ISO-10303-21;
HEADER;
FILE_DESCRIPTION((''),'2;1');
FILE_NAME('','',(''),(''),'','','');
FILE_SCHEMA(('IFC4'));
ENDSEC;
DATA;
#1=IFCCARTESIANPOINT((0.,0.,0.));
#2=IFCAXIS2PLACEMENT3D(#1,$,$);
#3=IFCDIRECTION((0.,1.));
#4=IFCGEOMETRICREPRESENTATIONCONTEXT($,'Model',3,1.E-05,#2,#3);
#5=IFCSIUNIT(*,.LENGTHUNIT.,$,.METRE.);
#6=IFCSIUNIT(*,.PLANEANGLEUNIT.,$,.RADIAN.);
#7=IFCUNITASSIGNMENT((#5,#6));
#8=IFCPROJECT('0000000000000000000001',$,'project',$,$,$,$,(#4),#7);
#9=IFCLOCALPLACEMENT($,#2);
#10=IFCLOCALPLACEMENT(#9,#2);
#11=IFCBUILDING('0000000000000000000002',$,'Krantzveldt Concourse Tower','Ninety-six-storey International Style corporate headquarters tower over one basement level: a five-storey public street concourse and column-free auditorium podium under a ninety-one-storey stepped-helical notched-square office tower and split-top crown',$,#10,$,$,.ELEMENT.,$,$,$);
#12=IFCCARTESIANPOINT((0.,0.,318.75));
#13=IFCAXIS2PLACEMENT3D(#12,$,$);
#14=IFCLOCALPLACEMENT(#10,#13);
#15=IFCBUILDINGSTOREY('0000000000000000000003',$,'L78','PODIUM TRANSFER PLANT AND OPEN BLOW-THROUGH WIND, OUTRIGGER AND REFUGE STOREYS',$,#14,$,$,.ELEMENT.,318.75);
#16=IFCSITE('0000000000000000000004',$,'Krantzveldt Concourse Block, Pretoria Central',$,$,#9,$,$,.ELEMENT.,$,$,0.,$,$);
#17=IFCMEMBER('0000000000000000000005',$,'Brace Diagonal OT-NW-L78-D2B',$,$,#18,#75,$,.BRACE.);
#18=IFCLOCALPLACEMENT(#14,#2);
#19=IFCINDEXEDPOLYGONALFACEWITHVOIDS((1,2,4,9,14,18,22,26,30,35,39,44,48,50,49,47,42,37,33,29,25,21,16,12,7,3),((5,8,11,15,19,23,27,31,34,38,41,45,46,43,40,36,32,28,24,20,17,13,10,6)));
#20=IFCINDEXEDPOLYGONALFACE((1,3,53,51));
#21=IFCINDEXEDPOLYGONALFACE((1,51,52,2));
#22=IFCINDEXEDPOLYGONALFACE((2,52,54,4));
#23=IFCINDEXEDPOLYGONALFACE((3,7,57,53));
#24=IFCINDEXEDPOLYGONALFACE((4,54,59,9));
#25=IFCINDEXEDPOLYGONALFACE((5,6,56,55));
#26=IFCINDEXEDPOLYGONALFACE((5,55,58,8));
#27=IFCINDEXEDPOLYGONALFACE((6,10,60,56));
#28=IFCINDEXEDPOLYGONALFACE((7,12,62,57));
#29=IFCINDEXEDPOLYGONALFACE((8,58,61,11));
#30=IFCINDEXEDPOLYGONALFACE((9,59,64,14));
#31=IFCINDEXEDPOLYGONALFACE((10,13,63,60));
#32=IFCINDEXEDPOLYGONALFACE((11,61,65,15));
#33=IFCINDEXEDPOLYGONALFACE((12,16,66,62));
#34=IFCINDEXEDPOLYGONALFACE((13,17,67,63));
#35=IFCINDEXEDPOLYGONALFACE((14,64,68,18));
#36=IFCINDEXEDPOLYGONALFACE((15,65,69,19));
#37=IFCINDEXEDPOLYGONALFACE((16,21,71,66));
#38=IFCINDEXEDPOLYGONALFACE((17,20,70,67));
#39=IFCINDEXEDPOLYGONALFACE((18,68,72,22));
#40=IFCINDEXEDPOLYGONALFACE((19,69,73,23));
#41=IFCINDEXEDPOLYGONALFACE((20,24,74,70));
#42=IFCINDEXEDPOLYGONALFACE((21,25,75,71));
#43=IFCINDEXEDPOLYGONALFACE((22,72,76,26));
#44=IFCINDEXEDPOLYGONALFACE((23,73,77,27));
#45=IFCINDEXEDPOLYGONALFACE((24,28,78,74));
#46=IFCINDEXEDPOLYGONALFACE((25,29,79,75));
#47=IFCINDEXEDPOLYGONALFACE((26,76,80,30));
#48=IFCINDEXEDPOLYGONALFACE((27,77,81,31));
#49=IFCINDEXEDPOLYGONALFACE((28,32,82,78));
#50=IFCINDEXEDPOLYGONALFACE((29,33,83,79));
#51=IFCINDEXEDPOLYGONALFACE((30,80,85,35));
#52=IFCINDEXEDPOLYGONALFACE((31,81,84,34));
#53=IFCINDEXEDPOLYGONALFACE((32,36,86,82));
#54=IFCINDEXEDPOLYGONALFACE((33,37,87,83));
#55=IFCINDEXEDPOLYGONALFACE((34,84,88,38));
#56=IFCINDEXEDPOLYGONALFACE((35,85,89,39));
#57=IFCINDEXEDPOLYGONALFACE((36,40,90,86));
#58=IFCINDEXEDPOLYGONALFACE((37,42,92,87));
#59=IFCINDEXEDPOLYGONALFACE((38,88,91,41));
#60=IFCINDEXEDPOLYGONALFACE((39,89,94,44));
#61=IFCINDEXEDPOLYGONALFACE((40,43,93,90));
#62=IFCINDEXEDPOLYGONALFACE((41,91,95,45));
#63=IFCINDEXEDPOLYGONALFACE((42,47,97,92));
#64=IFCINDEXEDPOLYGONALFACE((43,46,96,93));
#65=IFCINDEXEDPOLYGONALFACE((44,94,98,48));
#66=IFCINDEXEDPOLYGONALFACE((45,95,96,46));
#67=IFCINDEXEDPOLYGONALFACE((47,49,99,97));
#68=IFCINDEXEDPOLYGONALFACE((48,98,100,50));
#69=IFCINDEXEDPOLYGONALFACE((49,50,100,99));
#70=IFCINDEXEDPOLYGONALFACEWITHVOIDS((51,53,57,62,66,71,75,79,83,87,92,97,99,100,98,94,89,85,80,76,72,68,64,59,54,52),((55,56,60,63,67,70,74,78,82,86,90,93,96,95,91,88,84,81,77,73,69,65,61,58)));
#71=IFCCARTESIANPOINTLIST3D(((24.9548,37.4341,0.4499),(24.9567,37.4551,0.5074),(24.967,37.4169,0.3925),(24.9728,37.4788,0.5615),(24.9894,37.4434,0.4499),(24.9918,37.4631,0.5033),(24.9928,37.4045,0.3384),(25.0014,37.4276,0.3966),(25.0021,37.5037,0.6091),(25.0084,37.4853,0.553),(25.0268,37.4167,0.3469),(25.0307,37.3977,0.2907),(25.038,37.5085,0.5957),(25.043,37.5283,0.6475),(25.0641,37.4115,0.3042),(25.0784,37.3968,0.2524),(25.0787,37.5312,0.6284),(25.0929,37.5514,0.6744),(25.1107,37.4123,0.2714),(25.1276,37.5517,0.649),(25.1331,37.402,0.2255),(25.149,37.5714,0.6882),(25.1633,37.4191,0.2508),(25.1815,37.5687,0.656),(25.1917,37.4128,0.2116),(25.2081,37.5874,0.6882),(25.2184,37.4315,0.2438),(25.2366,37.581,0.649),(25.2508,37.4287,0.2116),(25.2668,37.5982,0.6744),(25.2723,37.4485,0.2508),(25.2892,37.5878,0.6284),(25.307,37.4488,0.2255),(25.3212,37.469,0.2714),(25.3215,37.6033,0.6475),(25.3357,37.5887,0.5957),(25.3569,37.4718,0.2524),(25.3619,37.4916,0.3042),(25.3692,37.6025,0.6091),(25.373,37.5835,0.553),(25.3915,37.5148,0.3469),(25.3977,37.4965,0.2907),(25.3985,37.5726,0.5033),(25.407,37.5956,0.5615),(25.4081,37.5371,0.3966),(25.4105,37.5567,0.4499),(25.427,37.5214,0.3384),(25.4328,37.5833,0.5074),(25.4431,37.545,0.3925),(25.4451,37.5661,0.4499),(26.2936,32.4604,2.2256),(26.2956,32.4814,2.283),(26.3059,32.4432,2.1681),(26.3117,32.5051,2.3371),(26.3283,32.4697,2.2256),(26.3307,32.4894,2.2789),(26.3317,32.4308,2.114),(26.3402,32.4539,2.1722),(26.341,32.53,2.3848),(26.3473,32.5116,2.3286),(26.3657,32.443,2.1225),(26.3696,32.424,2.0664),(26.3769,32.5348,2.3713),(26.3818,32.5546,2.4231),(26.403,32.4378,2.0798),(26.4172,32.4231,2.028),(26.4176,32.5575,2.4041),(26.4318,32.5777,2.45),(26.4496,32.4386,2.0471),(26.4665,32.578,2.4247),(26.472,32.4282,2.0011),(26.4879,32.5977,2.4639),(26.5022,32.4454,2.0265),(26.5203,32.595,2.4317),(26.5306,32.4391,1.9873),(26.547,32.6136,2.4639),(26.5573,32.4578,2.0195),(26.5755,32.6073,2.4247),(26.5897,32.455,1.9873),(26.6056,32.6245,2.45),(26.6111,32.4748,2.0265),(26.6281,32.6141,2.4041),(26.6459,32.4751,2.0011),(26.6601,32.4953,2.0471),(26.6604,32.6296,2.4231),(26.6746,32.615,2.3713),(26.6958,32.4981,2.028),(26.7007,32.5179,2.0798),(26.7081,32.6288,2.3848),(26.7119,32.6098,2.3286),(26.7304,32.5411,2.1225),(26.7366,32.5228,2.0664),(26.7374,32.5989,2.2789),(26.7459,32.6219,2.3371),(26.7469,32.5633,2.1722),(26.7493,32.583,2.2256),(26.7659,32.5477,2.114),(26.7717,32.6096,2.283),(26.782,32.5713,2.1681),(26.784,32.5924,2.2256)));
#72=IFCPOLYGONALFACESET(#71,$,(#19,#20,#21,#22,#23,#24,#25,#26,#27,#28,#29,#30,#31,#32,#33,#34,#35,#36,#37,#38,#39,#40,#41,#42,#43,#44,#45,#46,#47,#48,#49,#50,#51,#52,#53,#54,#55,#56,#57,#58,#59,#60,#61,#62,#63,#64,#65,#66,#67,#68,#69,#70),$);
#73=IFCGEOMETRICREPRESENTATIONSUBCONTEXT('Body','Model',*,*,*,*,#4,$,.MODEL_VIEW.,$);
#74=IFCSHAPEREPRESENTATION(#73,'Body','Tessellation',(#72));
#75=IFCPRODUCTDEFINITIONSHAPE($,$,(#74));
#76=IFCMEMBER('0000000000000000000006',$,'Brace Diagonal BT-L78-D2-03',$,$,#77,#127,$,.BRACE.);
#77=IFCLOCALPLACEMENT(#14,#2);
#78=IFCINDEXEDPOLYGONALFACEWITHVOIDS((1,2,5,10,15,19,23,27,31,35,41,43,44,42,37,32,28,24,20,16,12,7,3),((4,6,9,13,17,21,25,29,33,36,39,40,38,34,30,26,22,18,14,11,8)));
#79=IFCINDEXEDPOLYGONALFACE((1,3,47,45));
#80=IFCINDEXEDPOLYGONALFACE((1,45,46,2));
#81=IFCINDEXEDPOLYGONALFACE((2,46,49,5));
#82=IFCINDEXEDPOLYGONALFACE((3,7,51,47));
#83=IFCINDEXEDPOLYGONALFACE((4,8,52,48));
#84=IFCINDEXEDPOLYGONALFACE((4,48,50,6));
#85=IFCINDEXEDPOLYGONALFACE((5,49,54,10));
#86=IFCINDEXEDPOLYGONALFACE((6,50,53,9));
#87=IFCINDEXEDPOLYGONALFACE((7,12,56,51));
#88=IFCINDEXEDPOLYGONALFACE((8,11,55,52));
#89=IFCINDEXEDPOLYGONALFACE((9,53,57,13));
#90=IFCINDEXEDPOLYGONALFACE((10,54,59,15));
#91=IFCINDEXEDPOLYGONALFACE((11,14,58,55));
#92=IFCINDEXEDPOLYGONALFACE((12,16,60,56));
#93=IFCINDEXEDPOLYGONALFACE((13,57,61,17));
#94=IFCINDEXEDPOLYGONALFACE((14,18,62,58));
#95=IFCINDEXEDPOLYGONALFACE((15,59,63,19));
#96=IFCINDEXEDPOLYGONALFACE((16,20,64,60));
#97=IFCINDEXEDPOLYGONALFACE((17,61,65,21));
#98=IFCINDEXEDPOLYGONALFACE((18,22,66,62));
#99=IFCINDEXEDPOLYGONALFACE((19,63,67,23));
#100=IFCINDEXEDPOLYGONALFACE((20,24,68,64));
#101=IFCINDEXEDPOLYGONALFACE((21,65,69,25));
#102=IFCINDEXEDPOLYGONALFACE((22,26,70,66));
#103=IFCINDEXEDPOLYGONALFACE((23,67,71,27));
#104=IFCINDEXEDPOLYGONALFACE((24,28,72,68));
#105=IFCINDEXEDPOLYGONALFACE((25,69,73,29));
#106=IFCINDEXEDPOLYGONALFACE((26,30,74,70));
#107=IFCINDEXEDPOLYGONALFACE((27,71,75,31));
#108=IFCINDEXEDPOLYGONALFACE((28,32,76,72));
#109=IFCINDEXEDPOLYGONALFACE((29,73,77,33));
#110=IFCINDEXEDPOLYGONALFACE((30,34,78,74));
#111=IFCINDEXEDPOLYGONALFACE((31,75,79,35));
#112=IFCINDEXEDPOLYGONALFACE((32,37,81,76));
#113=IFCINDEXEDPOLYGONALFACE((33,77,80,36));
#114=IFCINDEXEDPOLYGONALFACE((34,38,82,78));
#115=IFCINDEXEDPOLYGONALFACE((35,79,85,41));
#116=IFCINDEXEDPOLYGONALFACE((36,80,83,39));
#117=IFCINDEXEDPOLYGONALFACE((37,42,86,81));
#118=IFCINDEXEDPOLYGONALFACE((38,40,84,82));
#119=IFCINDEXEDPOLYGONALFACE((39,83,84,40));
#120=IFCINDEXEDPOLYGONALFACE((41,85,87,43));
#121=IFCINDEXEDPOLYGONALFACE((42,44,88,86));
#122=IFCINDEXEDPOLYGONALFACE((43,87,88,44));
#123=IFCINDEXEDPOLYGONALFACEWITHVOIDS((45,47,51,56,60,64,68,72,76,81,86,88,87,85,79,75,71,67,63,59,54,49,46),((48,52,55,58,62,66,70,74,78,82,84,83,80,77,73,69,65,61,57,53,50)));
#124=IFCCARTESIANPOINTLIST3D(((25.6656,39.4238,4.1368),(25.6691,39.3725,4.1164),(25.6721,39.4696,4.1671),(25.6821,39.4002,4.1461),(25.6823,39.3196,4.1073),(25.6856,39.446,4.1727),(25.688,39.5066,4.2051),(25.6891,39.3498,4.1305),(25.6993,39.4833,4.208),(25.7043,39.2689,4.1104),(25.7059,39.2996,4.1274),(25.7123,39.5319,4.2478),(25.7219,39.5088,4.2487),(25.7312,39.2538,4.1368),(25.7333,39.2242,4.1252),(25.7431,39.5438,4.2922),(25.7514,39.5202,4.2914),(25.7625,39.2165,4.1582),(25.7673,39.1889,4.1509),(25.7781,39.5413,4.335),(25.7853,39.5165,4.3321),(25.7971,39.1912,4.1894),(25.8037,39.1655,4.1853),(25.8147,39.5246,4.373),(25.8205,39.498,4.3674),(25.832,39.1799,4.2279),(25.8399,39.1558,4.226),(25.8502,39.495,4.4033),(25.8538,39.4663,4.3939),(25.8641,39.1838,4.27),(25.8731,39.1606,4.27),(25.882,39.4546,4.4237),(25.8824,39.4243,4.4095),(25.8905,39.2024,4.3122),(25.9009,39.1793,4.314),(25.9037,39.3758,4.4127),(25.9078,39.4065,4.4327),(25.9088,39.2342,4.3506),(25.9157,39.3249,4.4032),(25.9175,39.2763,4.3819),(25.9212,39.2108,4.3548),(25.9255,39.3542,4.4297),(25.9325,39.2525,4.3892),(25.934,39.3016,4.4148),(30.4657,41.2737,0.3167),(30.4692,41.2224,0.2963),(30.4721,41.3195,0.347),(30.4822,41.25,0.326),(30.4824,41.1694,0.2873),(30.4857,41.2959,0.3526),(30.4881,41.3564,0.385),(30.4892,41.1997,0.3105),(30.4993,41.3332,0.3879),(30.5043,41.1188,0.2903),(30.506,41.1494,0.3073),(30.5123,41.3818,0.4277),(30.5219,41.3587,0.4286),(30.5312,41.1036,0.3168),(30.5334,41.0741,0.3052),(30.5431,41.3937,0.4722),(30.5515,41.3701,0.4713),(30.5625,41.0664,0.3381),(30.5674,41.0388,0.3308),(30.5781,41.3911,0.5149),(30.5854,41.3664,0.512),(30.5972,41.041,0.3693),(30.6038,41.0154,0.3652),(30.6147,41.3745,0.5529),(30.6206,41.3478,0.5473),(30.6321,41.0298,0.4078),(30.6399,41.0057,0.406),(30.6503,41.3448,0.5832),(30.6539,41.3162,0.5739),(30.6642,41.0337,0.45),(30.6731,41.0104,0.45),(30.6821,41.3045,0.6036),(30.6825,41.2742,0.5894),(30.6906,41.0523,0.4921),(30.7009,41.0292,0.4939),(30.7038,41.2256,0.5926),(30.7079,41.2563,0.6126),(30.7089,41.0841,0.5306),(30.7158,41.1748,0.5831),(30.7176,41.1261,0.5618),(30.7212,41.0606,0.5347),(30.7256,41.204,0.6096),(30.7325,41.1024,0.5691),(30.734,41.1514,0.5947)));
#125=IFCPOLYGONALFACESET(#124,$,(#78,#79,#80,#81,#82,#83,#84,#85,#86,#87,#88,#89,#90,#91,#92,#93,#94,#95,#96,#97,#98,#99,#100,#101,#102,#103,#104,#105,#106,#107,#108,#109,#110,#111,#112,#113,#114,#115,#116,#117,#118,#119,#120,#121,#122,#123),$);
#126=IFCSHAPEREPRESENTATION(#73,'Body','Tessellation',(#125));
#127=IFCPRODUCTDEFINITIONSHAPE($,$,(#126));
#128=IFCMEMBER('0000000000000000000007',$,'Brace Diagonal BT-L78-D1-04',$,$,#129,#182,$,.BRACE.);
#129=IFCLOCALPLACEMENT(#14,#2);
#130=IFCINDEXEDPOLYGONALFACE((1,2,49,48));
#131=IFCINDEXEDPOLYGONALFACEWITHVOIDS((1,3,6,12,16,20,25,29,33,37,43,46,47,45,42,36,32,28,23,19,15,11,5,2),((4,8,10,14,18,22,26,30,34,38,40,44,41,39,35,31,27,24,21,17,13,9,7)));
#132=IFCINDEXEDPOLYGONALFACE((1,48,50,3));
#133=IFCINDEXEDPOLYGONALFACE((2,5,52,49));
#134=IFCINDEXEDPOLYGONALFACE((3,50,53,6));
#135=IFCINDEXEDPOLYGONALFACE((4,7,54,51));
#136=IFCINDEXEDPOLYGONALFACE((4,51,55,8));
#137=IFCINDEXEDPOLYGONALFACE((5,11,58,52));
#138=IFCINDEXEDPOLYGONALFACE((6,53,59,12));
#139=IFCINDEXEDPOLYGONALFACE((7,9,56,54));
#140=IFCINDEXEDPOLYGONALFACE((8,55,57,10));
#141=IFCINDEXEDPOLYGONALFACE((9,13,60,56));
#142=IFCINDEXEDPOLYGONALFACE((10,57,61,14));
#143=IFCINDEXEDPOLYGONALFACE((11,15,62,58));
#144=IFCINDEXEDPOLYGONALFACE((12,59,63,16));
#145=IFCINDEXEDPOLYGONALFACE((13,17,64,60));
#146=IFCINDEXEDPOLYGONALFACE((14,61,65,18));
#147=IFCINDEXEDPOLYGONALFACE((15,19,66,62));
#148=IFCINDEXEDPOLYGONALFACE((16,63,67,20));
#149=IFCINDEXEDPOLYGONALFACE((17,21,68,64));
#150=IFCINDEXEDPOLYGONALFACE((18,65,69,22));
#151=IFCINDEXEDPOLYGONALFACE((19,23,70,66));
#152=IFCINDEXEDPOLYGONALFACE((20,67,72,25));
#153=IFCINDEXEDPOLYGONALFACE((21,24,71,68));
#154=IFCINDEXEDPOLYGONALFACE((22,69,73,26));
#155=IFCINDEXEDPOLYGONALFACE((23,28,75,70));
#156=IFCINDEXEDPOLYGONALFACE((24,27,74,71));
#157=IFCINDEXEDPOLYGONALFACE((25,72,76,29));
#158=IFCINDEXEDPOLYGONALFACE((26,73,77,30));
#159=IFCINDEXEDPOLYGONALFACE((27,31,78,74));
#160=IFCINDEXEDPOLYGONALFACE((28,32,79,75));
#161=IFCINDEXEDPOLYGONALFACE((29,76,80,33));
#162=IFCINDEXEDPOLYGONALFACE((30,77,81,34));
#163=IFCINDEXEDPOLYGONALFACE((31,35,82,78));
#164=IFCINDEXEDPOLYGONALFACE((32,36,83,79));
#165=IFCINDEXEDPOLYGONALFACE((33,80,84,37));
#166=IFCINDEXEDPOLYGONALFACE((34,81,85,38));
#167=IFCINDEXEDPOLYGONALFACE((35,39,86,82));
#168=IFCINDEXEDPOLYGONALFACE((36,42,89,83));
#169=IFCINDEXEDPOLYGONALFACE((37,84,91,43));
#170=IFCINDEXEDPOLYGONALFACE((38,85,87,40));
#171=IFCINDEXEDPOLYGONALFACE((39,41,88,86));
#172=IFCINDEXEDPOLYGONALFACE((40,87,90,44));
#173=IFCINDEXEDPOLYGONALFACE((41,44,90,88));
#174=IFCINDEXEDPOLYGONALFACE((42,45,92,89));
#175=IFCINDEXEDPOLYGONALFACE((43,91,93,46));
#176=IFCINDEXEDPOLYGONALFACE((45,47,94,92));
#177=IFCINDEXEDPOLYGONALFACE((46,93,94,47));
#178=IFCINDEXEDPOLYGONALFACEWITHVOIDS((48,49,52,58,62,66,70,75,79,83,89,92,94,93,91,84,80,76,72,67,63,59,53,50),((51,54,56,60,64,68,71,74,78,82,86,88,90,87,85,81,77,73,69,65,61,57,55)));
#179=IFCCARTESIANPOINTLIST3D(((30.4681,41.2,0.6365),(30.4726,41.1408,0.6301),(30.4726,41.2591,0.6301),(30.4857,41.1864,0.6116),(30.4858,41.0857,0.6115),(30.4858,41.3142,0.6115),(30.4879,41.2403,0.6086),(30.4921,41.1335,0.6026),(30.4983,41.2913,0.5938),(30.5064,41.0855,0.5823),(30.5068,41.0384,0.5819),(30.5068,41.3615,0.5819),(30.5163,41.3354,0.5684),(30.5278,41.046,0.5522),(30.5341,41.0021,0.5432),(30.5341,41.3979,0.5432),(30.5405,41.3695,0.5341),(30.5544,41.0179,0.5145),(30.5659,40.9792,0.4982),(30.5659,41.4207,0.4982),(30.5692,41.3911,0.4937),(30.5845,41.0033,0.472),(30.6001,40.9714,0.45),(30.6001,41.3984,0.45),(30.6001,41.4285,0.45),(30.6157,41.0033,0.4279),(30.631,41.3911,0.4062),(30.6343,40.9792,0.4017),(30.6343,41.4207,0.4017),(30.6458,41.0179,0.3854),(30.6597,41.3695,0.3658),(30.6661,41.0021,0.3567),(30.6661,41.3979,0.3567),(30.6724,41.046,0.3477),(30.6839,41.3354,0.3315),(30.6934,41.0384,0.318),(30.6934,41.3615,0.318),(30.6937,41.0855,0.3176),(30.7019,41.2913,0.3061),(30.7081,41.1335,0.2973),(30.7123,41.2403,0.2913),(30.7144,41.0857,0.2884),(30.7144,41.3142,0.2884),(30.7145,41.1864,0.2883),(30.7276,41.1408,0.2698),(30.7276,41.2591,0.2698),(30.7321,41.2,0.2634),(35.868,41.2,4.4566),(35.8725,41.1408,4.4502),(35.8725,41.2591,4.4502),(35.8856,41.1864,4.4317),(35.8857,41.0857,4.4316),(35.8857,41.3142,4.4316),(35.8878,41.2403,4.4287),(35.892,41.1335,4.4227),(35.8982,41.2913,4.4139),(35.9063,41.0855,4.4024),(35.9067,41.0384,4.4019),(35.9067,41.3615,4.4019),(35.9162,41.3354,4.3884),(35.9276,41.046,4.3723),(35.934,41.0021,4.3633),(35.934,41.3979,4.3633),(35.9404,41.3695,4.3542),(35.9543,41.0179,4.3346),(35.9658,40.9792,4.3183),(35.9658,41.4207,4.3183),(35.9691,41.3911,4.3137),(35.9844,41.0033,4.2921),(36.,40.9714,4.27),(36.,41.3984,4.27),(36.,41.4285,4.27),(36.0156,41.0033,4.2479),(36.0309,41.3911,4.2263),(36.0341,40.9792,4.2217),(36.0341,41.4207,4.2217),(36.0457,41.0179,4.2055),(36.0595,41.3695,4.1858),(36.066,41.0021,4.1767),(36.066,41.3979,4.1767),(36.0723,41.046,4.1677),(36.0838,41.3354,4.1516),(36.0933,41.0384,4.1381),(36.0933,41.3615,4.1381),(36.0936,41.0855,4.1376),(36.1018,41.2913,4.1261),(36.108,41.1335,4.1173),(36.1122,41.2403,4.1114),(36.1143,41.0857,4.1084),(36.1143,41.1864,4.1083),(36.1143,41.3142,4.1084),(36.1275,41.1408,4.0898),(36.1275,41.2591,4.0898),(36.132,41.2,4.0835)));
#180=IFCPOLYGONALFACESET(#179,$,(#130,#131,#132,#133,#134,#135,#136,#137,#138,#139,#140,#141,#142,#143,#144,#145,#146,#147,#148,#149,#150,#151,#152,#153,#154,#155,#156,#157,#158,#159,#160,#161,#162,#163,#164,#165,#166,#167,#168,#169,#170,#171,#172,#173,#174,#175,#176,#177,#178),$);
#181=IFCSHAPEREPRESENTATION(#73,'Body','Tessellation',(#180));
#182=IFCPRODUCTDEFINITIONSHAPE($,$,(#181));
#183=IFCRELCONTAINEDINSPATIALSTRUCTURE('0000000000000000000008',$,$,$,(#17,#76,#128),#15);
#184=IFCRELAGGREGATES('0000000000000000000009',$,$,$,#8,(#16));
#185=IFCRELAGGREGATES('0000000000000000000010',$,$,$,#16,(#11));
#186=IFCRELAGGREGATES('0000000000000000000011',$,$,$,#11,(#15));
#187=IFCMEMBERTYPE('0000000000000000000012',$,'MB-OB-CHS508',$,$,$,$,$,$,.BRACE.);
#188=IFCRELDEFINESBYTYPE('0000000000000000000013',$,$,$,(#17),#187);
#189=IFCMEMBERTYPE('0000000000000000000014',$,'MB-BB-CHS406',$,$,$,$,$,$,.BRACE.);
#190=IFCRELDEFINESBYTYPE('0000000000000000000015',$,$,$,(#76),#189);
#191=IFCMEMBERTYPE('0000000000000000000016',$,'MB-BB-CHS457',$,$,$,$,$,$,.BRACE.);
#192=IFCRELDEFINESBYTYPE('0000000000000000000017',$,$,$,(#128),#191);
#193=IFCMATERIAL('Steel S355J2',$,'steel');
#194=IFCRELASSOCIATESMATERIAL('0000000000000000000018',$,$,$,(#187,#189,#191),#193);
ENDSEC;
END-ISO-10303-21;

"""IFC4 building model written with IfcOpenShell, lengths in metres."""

from ifc_helpers import new_model, si_unit, direction, frame, origin, origin_2d, place, context, subcontext, project, spatial, hollow_circle, extrude, source, transform, mapped, material, material_profile, profile_set, type_object, type_shapes, element, save


model = new_model("IFC4")

# Units and contexts
model_context = context("Model", 3, precision=1e-05, world=origin(), true_north=direction((0.0, 1.0)))
body_context = subcontext(model_context, "Body", "Model", "MODEL_VIEW")
ifc_project = project(units=[si_unit("LENGTHUNIT", "METRE"), si_unit("PLANEANGLEUNIT", "RADIAN")], contexts=[model_context])

# Site, building, storey
site_placement = place(None, origin())
site = spatial("IfcSite", under=ifc_project, at=site_placement, Name="Krantzveldt Concourse Block, Pretoria Central", CompositionType="ELEMENT", RefElevation=0.0)
building_placement = place(site_placement, origin())
building = spatial("IfcBuilding", under=site, at=building_placement, Name="Krantzveldt Concourse Tower", Description="Ninety-six-storey International Style corporate headquarters tower over one basement level: a five-storey public street concourse and column-free auditorium podium under a ninety-one-storey stepped-helical notched-square office tower and split-top crown", CompositionType="ELEMENT")
storey_placement = place(building_placement, frame((0.0, 0.0, 318.75)))
storey = spatial("IfcBuildingStorey", under=building, at=storey_placement, Name="L78", Description="PODIUM TRANSFER PLANT AND OPEN BLOW-THROUGH WIND, OUTRIGGER AND REFUGE STOREYS", CompositionType="ELEMENT", Elevation=318.75)

# Shared definitions
ifc_material_1 = material(Name="Steel S355J2", Category="steel")

# Members
ifc_material_profile_1 = material_profile(ifc_material_1, hollow_circle(Radius=0.2539, WallThickness=0.0359, at=origin_2d()), Name="Steel S355J2", Category="steel")
ifc_profile_set_1 = profile_set([ifc_material_profile_1], Name="Steel S355J2 - CHS 508x36")
member_type_1 = type_object("IfcMemberType", Name="MB-OB-CHS508", PredefinedType="BRACE", material=ifc_profile_set_1)
shared_shape_1 = source(origin(), body_context, "Body", "SweptSolid", [
    extrude(hollow_circle(Radius=0.2539, WallThickness=0.0359, at=origin_2d()), origin(), (0.0, 0.0, 1.0), 5.4482),
])
for number, where, z_axis, x_axis, name in (
    (1, (26.5388, 32.5264, 2.2256), (-0.245747, 0.912901, -0.325914), (-0.965625, -0.259939, 0.0), "Brace Diagonal OT-NW-L78-D2B"),
):
    element("IfcMember", number, at=place(storey_placement, frame(where, z_axis=z_axis, x_axis=x_axis)), inside=storey, type_object=member_type_1, Name=name, PredefinedType="BRACE", context=body_context, shape_type="MappedRepresentation", body=[
        mapped(shared_shape_1, transform((0.0, 0.0, 0.0), x_axis=(1.0, 0.0, 0.0), y_axis=(0.0, 1.0, 0.0), z_axis=(0.0, 0.0, 1.0), scale=1.0)),
    ])
ifc_material_profile_2 = material_profile(ifc_material_1, hollow_circle(Radius=0.2031, WallThickness=0.0249, at=origin_2d()), Name="Steel S355J2", Category="steel")
ifc_profile_set_2 = profile_set([ifc_material_profile_2], Name="Steel S355J2 - CHS 406.4x25")
member_type_2 = type_object("IfcMemberType", Name="MB-BB-CHS406", PredefinedType="BRACE", material=ifc_profile_set_2)
shared_shape_2 = source(origin(), body_context, "Body", "SweptSolid", [
    extrude(hollow_circle(Radius=0.2031, WallThickness=0.0249, at=origin_2d()), origin(), (0.0, 0.0, 1.0), 6.4075),
])
type_shapes(member_type_2, [shared_shape_2])
member_1_placement = place(storey_placement, frame((30.6001, 41.2, 0.45), z_axis=(-0.749136, -0.288704, 0.596192), x_axis=(0.359602, -0.933106, 0.0)))
element("IfcMember", 2, at=member_1_placement, inside=storey, type_object=member_type_2, Name="Brace Diagonal BT-L78-D2-03", PredefinedType="BRACE", context=body_context, shape_type="MappedRepresentation", body=[
    mapped(shared_shape_2, transform((0.0, 0.0, 0.0), x_axis=(1.0, 0.0, 0.0), y_axis=(0.0, 1.0, 0.0), z_axis=(0.0, 0.0, 1.0), scale=1.0)),
])
ifc_material_profile_3 = material_profile(ifc_material_1, hollow_circle(Radius=0.2285, WallThickness=0.03, at=origin_2d()), Name="Steel S355J2", Category="steel")
ifc_profile_set_3 = profile_set([ifc_material_profile_3], Name="Steel S355J2 - CHS 457x30")
member_type_3 = type_object("IfcMemberType", Name="MB-BB-CHS457", PredefinedType="BRACE", material=ifc_profile_set_3)
shared_shape_3 = source(origin(), body_context, "Body", "SweptSolid", [
    extrude(hollow_circle(Radius=0.2285, WallThickness=0.03, at=origin_2d()), origin(), (0.0, 0.0, 1.0), 6.6145),
])
type_shapes(member_type_3, [shared_shape_3])
member_2_placement = place(storey_placement, frame((30.6001, 41.2, 0.45), z_axis=(0.816371, 0.0, 0.577528), x_axis=(0.0, 1.0, 0.0)))
element("IfcMember", 3, at=member_2_placement, inside=storey, type_object=member_type_3, Name="Brace Diagonal BT-L78-D1-04", PredefinedType="BRACE", context=body_context, shape_type="MappedRepresentation", body=[
    mapped(shared_shape_3, transform((0.0, 0.0, 0.0), x_axis=(1.0, 0.0, 0.0), y_axis=(0.0, 1.0, 0.0), z_axis=(0.0, 0.0, 1.0), scale=1.0)),
])

save(model, "model.ifc")
